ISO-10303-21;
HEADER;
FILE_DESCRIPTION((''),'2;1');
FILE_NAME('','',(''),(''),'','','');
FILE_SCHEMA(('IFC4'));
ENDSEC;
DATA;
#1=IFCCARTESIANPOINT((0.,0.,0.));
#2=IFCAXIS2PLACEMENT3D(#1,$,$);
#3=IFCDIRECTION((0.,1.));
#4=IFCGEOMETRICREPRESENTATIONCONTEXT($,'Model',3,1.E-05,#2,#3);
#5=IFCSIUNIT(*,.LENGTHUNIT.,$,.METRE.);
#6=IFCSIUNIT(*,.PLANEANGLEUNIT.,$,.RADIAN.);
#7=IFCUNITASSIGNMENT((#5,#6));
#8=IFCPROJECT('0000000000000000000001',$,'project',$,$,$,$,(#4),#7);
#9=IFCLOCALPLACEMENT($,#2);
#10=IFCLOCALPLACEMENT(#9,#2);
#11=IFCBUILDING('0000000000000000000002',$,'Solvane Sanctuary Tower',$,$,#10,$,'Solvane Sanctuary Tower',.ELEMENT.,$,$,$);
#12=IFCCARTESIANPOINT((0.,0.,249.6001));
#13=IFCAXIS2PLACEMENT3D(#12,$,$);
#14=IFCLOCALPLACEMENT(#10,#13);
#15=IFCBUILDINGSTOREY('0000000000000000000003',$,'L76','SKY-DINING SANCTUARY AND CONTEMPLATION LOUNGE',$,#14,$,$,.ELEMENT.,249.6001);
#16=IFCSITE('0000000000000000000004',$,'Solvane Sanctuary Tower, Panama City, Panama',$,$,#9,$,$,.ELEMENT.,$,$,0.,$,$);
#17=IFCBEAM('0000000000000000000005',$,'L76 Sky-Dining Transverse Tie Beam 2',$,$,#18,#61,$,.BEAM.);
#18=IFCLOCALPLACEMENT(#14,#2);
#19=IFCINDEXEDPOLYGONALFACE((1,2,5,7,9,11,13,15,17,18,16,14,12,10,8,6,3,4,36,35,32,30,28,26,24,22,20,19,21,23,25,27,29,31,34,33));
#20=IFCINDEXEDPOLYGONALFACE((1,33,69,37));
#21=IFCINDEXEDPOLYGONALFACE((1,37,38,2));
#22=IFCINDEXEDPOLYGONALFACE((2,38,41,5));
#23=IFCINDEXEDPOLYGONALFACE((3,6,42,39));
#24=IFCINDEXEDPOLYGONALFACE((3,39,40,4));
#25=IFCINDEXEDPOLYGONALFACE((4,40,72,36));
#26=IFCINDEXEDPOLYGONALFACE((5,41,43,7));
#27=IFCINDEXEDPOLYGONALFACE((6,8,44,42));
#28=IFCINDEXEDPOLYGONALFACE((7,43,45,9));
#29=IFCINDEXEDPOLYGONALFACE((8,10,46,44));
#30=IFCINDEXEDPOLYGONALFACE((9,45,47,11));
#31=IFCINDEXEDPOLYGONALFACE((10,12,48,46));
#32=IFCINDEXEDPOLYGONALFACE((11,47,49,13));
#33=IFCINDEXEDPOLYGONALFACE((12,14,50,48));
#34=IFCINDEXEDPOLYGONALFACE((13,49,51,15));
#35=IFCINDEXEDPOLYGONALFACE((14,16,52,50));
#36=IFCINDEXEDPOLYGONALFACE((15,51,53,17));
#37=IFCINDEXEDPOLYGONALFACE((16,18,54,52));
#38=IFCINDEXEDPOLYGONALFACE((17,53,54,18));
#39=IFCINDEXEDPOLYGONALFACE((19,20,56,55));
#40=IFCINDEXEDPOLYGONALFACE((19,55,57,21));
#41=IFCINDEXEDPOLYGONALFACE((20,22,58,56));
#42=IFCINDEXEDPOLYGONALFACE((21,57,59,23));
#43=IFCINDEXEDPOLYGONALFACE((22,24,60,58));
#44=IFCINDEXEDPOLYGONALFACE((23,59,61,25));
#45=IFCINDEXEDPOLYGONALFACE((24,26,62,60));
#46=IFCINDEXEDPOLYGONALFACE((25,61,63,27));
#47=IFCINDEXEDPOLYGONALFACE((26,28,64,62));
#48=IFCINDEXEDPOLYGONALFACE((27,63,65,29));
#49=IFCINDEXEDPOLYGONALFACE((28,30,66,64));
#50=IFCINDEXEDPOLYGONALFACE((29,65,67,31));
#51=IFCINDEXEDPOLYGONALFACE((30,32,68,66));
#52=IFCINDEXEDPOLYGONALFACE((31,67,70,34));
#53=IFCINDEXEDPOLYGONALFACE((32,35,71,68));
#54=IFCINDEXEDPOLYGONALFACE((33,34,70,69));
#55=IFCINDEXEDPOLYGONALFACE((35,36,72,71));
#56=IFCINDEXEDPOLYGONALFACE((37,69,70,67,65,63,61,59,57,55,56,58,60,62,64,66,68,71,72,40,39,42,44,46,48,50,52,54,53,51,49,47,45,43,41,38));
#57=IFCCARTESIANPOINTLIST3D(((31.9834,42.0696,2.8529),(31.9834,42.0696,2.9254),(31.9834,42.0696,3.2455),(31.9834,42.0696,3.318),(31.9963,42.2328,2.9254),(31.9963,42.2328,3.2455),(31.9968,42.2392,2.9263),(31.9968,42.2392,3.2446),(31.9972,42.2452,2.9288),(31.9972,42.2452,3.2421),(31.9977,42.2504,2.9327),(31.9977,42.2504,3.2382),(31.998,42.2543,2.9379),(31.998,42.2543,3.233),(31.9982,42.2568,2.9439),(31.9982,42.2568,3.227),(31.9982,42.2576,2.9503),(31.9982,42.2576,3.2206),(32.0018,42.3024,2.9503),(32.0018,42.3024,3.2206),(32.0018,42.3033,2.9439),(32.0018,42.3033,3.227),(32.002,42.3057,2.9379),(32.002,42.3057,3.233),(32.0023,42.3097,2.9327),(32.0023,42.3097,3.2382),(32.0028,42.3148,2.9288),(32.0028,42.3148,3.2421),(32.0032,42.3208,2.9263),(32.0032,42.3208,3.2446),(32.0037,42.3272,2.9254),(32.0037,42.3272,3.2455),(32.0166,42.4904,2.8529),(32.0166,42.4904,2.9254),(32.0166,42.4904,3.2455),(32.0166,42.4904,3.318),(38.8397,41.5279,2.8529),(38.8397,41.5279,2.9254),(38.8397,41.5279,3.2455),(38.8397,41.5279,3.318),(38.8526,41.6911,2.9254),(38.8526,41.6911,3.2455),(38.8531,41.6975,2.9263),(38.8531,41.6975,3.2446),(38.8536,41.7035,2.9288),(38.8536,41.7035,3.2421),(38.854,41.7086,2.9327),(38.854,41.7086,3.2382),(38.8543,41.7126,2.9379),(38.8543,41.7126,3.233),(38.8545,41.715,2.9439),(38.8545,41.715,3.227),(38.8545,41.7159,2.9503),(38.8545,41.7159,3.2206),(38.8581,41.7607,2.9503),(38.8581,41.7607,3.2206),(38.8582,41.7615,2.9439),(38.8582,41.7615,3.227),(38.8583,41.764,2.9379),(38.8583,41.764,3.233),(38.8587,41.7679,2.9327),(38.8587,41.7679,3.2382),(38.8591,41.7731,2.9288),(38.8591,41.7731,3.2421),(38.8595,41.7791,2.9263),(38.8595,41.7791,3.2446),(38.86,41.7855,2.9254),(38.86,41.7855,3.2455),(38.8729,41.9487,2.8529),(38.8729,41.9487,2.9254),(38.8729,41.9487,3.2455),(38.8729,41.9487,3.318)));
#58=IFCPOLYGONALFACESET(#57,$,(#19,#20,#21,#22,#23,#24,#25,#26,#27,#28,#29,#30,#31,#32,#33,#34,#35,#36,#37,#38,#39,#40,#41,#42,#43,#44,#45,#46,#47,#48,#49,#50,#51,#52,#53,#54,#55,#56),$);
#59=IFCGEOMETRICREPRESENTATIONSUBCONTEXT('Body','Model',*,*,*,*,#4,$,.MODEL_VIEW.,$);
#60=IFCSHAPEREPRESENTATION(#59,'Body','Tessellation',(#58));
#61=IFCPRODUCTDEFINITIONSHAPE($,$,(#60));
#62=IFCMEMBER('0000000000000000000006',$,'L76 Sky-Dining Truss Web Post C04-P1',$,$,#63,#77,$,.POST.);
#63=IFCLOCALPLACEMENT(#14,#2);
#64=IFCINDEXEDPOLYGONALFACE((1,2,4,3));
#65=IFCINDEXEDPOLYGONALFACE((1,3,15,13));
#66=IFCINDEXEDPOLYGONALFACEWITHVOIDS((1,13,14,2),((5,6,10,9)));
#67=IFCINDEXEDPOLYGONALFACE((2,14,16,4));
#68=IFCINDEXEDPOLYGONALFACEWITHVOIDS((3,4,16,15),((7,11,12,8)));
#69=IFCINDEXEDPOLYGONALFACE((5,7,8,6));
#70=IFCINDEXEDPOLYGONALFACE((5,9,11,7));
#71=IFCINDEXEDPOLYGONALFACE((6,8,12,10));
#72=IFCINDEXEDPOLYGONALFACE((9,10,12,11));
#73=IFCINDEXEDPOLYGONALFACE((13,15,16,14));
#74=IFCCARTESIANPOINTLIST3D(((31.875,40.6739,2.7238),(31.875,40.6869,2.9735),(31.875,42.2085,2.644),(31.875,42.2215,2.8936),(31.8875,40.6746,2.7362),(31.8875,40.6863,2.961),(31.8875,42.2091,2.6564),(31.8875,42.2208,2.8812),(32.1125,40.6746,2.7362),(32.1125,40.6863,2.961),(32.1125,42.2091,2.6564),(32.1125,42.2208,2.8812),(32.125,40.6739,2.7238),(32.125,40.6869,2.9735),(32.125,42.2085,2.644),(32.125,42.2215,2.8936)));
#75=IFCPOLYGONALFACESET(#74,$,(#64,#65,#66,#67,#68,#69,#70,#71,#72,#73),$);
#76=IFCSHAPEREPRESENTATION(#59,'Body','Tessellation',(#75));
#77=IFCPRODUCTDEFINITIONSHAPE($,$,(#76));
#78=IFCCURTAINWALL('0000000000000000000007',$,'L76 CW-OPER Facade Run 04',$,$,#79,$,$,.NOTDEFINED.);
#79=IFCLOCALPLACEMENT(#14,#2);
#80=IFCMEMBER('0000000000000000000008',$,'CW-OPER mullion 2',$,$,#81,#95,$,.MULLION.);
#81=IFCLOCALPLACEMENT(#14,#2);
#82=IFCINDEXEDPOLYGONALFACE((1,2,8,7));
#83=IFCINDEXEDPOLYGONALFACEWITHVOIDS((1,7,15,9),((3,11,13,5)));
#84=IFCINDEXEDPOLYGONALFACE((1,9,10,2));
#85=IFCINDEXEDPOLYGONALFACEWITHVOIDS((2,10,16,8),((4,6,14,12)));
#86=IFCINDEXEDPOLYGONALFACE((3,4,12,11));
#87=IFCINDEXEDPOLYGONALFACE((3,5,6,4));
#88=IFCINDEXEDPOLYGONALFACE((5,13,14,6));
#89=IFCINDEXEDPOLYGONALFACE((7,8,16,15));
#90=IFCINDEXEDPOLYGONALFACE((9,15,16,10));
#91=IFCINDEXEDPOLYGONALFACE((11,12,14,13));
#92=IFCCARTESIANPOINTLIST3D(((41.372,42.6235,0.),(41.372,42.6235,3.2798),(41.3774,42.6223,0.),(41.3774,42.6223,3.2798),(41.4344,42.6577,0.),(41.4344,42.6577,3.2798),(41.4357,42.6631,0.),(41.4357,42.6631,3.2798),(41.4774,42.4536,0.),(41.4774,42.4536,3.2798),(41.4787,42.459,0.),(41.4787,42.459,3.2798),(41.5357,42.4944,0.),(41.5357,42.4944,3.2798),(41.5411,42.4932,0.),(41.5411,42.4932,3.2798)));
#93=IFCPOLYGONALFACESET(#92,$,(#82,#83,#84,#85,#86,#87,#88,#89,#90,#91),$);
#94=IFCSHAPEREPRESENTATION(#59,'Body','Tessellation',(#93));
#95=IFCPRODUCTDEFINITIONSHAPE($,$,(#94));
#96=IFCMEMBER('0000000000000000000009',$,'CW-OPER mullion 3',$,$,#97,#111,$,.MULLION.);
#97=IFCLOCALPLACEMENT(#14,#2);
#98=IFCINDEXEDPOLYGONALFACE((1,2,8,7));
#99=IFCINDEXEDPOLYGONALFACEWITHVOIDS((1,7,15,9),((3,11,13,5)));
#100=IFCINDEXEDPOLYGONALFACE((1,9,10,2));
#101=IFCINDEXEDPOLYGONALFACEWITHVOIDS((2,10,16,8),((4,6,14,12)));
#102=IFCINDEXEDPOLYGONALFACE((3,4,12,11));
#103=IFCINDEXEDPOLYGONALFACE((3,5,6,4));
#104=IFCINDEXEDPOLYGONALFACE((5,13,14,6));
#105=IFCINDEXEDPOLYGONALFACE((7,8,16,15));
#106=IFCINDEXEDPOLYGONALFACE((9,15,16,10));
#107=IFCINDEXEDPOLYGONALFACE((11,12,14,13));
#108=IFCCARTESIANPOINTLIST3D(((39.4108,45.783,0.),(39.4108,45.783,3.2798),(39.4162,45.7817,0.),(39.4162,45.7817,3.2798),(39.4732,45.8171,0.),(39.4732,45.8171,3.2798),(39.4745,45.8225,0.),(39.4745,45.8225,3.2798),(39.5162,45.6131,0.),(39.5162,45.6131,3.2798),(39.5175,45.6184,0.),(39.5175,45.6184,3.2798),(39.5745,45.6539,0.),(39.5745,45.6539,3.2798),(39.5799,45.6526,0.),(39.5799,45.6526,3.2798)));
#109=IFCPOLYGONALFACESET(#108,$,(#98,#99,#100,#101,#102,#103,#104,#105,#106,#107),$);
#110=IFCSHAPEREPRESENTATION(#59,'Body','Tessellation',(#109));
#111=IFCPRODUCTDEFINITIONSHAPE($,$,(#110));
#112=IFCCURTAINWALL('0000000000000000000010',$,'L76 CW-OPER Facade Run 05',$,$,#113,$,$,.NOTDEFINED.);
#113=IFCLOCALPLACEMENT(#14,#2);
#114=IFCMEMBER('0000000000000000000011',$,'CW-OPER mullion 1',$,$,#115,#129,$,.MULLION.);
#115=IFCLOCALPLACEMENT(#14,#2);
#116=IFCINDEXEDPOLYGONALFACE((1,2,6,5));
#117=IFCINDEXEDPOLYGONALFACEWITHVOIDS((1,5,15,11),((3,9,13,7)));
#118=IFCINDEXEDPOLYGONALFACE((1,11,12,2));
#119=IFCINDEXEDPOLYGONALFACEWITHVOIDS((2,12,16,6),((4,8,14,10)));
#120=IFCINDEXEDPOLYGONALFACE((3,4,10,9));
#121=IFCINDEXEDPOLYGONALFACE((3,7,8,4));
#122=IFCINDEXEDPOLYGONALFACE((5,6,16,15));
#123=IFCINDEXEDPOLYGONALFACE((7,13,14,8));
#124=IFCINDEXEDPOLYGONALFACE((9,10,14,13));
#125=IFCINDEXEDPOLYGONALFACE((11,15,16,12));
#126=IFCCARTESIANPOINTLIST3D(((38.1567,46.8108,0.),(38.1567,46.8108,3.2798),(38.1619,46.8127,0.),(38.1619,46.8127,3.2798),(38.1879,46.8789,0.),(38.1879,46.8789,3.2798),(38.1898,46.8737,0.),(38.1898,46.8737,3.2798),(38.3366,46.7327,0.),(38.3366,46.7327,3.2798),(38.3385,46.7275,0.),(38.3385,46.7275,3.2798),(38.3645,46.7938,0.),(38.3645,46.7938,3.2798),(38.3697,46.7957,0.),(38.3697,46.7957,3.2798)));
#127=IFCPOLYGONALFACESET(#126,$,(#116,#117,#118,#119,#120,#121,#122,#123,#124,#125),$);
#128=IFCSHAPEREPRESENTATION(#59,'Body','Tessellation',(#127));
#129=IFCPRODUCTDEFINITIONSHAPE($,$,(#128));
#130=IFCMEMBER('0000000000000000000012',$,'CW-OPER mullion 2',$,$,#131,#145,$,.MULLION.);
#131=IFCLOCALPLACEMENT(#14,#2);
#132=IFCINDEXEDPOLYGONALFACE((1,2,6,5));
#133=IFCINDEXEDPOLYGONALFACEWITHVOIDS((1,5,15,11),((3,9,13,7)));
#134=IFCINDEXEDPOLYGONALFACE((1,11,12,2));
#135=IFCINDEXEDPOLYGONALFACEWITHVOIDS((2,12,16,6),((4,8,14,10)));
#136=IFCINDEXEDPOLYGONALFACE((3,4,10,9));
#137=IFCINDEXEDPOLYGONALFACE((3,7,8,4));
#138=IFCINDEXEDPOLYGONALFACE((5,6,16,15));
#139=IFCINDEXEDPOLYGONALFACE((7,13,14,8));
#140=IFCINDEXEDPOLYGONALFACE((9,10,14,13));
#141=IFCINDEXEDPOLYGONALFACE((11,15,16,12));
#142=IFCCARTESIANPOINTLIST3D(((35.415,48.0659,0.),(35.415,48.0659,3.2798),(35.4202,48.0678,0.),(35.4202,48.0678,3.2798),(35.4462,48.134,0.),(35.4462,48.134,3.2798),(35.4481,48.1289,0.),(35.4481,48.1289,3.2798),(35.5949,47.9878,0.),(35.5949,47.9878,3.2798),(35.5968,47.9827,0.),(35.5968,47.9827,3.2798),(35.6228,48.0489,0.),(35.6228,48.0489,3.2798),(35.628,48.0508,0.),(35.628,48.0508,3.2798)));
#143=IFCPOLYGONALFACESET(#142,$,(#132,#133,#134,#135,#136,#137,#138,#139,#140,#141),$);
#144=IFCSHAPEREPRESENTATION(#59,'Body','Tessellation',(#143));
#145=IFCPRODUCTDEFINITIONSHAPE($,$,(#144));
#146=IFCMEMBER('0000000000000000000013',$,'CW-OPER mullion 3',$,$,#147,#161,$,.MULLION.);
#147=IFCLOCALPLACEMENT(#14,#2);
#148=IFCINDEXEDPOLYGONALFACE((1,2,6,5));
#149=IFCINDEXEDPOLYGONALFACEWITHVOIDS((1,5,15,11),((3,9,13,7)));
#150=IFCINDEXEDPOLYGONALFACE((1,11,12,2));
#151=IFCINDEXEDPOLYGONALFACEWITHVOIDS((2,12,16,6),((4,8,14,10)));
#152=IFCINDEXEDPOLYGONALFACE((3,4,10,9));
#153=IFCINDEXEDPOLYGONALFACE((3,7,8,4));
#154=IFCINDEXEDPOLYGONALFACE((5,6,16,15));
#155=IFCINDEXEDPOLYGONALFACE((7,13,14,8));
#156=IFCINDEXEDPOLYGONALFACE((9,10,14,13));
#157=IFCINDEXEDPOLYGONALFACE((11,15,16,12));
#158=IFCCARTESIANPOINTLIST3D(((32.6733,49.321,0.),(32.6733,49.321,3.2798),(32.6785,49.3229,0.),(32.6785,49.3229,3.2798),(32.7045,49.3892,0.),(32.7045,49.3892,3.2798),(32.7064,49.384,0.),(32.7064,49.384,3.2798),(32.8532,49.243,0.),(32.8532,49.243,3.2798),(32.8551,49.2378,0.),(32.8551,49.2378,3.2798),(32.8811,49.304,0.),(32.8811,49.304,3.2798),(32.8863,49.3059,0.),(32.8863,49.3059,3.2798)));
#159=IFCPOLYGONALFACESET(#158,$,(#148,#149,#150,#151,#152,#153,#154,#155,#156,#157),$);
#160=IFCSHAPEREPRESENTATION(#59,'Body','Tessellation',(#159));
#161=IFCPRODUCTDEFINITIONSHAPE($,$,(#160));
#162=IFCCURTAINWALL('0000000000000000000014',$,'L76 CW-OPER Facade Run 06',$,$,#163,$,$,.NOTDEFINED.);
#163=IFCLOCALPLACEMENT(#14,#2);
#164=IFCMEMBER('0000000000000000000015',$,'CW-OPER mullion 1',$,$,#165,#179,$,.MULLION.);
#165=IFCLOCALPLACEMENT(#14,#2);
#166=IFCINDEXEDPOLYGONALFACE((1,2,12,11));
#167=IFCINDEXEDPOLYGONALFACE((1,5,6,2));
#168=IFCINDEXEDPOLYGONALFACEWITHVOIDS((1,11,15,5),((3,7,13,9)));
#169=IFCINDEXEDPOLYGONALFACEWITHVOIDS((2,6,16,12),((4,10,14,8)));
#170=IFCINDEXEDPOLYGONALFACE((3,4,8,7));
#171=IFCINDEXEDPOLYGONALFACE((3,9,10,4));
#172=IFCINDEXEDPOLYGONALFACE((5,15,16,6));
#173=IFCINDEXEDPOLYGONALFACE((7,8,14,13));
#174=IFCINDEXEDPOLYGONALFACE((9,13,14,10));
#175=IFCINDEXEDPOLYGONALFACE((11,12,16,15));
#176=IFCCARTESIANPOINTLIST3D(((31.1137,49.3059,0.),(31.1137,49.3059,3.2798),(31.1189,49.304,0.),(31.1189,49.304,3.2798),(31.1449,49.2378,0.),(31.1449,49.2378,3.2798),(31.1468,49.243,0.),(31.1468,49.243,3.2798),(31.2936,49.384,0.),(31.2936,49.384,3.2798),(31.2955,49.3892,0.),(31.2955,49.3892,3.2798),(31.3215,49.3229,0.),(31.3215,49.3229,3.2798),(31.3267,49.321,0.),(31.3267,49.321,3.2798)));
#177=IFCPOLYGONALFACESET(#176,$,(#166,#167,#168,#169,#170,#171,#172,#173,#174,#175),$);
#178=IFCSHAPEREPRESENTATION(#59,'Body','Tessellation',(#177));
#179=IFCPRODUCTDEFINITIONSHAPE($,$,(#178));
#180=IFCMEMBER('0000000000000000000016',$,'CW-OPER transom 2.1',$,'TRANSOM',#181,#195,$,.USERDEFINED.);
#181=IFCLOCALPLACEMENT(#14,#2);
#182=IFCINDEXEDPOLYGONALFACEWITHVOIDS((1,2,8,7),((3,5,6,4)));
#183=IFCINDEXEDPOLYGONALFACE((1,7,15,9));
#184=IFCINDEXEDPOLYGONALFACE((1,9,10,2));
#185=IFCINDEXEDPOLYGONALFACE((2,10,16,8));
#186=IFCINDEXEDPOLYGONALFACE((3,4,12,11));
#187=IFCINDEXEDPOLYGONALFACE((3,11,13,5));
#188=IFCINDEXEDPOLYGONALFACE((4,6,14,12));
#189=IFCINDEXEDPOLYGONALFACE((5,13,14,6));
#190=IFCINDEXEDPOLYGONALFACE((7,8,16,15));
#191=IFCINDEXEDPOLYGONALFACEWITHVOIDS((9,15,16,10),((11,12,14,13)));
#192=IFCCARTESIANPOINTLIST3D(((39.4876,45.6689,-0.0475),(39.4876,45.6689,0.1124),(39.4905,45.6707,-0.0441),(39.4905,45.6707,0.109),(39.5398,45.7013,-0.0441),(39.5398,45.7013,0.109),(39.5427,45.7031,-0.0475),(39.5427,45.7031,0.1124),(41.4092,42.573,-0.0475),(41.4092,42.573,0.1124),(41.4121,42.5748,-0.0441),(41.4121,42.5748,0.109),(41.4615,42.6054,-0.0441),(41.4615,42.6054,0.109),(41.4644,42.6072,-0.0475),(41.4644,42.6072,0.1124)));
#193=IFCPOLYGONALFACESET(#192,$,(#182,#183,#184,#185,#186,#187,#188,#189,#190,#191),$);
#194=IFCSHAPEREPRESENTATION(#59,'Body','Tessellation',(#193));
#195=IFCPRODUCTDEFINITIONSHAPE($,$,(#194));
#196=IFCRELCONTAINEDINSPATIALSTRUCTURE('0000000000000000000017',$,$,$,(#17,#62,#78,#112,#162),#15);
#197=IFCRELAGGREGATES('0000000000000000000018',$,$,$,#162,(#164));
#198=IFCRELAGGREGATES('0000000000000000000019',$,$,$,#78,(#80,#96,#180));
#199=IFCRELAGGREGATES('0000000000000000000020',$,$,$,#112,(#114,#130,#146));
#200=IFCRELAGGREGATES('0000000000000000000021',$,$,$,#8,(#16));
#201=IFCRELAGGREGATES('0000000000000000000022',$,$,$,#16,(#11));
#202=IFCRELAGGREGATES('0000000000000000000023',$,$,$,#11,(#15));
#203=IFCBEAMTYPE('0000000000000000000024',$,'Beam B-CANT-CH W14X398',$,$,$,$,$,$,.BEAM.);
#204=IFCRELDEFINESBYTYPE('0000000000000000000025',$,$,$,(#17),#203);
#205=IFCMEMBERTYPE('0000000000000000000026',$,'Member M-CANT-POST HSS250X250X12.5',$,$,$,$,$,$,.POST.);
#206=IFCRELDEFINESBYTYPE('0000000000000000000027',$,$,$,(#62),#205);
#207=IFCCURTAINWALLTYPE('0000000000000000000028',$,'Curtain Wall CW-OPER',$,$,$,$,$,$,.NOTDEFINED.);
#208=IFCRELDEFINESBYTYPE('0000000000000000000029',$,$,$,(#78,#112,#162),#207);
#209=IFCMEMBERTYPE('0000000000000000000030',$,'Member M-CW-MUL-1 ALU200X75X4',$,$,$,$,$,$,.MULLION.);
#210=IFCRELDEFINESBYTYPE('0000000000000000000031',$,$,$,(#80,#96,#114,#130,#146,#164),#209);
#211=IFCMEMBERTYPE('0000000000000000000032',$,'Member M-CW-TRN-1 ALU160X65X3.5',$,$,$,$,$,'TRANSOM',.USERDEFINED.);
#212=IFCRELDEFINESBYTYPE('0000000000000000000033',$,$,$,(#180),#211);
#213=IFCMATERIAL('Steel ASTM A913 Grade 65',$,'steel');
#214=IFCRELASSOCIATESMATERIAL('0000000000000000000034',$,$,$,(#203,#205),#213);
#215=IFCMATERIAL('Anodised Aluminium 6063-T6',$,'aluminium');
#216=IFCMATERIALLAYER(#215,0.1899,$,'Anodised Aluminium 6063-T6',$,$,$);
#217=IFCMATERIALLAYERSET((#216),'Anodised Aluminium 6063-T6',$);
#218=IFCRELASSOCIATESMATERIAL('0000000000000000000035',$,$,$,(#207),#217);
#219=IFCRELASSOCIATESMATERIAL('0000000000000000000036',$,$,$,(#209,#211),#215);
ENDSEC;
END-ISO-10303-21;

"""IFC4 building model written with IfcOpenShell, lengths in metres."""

from ifc_helpers import new_model, si_unit, direction, frame, origin, origin_2d, place, context, subcontext, project, spatial, hollow_rectangle, i_section, extrude, material, layer, layer_set, material_profile, profile_set, type_object, element, aggregate, save


model = new_model("IFC4")

# Units and contexts
model_context = context("Model", 3, precision=1e-05, world=origin(), true_north=direction((0.0, 1.0)))
body_context = subcontext(model_context, "Body", "Model", "MODEL_VIEW")
ifc_project = project(units=[si_unit("LENGTHUNIT", "METRE"), si_unit("PLANEANGLEUNIT", "RADIAN")], contexts=[model_context])

# Site, building, storey
site_placement = place(None, origin())
site = spatial("IfcSite", under=ifc_project, at=site_placement, Name="Solvane Sanctuary Tower, Panama City, Panama", CompositionType="ELEMENT", RefElevation=0.0)
building_placement = place(site_placement, origin())
building = spatial("IfcBuilding", under=site, at=building_placement, Name="Solvane Sanctuary Tower", LongName="Solvane Sanctuary Tower", CompositionType="ELEMENT")
storey_placement = place(building_placement, frame((0.0, 0.0, 249.6001)))
storey = spatial("IfcBuildingStorey", under=building, at=storey_placement, Name="L76", Description="SKY-DINING SANCTUARY AND CONTEMPLATION LOUNGE", CompositionType="ELEMENT", Elevation=249.6001)

# Beam
ifc_material_1 = material(Name="Steel ASTM A913 Grade 65", Category="steel")
ifc_material_profile_1 = material_profile(ifc_material_1, i_section(OverallWidth=0.4221, OverallDepth=0.4651, WebThickness=0.0449, FlangeThickness=0.0725, FilletRadius=0.0249, at=origin_2d()), Name="W14X398")
ifc_profile_set_1 = profile_set([ifc_material_profile_1], Name="Steel ASTM A913 Grade 65")
beam_type = type_object("IfcBeamType", Name="Beam B-CANT-CH W14X398", PredefinedType="BEAM", material=ifc_profile_set_1)
beam_placement = place(storey_placement, frame((32.0, 42.28, 3.0854), z_axis=(0.996893, -0.07877, 0.0), x_axis=(0.07877, 0.996893, 0.0)))
element("IfcBeam", 1, at=beam_placement, inside=storey, type_object=beam_type, Name="L76 Sky-Dining Transverse Tie Beam 2", PredefinedType="BEAM", context=body_context, shape_type="SweptSolid", body=[
    extrude(i_section(OverallWidth=0.4221, OverallDepth=0.4651, WebThickness=0.0449, FlangeThickness=0.0725, FilletRadius=0.0249, at=origin_2d()), origin(), (0.0, 0.0, 1.0), 6.8777),
])

# Member
ifc_material_profile_2 = material_profile(ifc_material_1, hollow_rectangle(XDim=0.25, YDim=0.25, WallThickness=0.0125, at=origin_2d()), Name="HSS250X250X12.5")
ifc_profile_set_2 = profile_set([ifc_material_profile_2], Name="Steel ASTM A913 Grade 65")
member_type_1 = type_object("IfcMemberType", Name="Member M-CANT-POST HSS250X250X12.5", PredefinedType="POST", material=ifc_profile_set_2)
member_1_placement = place(storey_placement, frame((32.0, 40.6804, 2.8486), z_axis=(0.0, 0.99865, -0.05195), x_axis=(-1.0, 0.0, 0.0)))
element("IfcMember", 2, at=member_1_placement, inside=storey, type_object=member_type_1, Name="L76 Sky-Dining Truss Web Post C04-P1", PredefinedType="POST", context=body_context, shape_type="SweptSolid", body=[
    extrude(hollow_rectangle(XDim=0.25, YDim=0.25, WallThickness=0.0125, at=origin_2d()), origin(), (0.0, 0.0, 1.0), 1.5366),
])

# Curtain walls, members
ifc_material_2 = material(Name="Anodised Aluminium 6063-T6", Category="aluminium")
ifc_layer_1 = layer(ifc_material_2, 0.1899, Name="Anodised Aluminium 6063-T6")
ifc_layer_set_1 = layer_set([ifc_layer_1], Name="Anodised Aluminium 6063-T6")
curtain_wall_type = type_object("IfcCurtainWallType", Name="Curtain Wall CW-OPER", PredefinedType="NOTDEFINED", material=ifc_layer_set_1)
curtain_wall_1_placement = place(storey_placement, origin())
curtain_wall_1 = element("IfcCurtainWall", 3, at=curtain_wall_1_placement, inside=storey, type_object=curtain_wall_type, Name="L76 CW-OPER Facade Run 04", PredefinedType="NOTDEFINED")
ifc_material_profile_3 = material_profile(ifc_material_2, hollow_rectangle(XDim=0.075, YDim=0.2, WallThickness=0.0039, at=origin_2d()), Name="ALU200X75X4")
ifc_profile_set_3 = profile_set([ifc_material_profile_3], Name="Anodised Aluminium 6063-T6")
member_type_2 = type_object("IfcMemberType", Name="Member M-CW-MUL-1 ALU200X75X4", PredefinedType="MULLION", material=ifc_profile_set_3)
member_2_placement = place(storey_placement, frame((41.4565, 42.5583, 0.0), z_axis=(0.0, 0.0, 1.0), x_axis=(-0.849622, -0.527392, 0.0)))
member_2 = element("IfcMember", 4, at=member_2_placement, type_object=member_type_2, Name="CW-OPER mullion 2", PredefinedType="MULLION", context=body_context, shape_type="SweptSolid", body=[
    extrude(hollow_rectangle(XDim=0.075, YDim=0.2, WallThickness=0.0039, at=origin_2d()), origin(), (0.0, 0.0, 1.0), 3.2798),
])
member_3_placement = place(storey_placement, frame((39.4954, 45.7178, 0.0), z_axis=(0.0, 0.0, 1.0), x_axis=(-0.849622, -0.527392, 0.0)))
member_3 = element("IfcMember", 5, at=member_3_placement, type_object=member_type_2, Name="CW-OPER mullion 3", PredefinedType="MULLION", context=body_context, shape_type="SweptSolid", body=[
    extrude(hollow_rectangle(XDim=0.075, YDim=0.2, WallThickness=0.0039, at=origin_2d()), origin(), (0.0, 0.0, 1.0), 3.2798),
])
curtain_wall_2_placement = place(storey_placement, origin())
curtain_wall_2 = element("IfcCurtainWall", 6, at=curtain_wall_2_placement, inside=storey, type_object=curtain_wall_type, Name="L76 CW-OPER Facade Run 05", PredefinedType="NOTDEFINED")
member_4_placement = place(storey_placement, frame((38.2632, 46.8032, 0.0), z_axis=(0.0, 0.0, 1.0), x_axis=(-0.416225, -0.909262, 0.0)))
member_4 = element("IfcMember", 7, at=member_4_placement, type_object=member_type_2, Name="CW-OPER mullion 1", PredefinedType="MULLION", context=body_context, shape_type="SweptSolid", body=[
    extrude(hollow_rectangle(XDim=0.075, YDim=0.2, WallThickness=0.0039, at=origin_2d()), origin(), (0.0, 0.0, 1.0), 3.2798),
])
member_5_placement = place(storey_placement, frame((35.5215, 48.0583, 0.0), z_axis=(0.0, 0.0, 1.0), x_axis=(-0.416225, -0.909262, 0.0)))
member_5 = element("IfcMember", 8, at=member_5_placement, type_object=member_type_2, Name="CW-OPER mullion 2", PredefinedType="MULLION", context=body_context, shape_type="SweptSolid", body=[
    extrude(hollow_rectangle(XDim=0.075, YDim=0.2, WallThickness=0.0039, at=origin_2d()), origin(), (0.0, 0.0, 1.0), 3.2798),
])
member_6_placement = place(storey_placement, frame((32.7798, 49.3135, 0.0), z_axis=(0.0, 0.0, 1.0), x_axis=(-0.416225, -0.909262, 0.0)))
member_6 = element("IfcMember", 9, at=member_6_placement, type_object=member_type_2, Name="CW-OPER mullion 3", PredefinedType="MULLION", context=body_context, shape_type="SweptSolid", body=[
    extrude(hollow_rectangle(XDim=0.075, YDim=0.2, WallThickness=0.0039, at=origin_2d()), origin(), (0.0, 0.0, 1.0), 3.2798),
])

# Curtain wall, member
curtain_wall_3_placement = place(storey_placement, origin())
curtain_wall_3 = element("IfcCurtainWall", 10, at=curtain_wall_3_placement, inside=storey, type_object=curtain_wall_type, Name="L76 CW-OPER Facade Run 06", PredefinedType="NOTDEFINED")
member_7_placement = place(storey_placement, frame((31.2202, 49.3135, 0.0), z_axis=(0.0, 0.0, 1.0), x_axis=(0.416225, -0.909262, 0.0)))
member_7 = element("IfcMember", 11, at=member_7_placement, type_object=member_type_2, Name="CW-OPER mullion 1", PredefinedType="MULLION", context=body_context, shape_type="SweptSolid", body=[
    extrude(hollow_rectangle(XDim=0.075, YDim=0.2, WallThickness=0.0039, at=origin_2d()), origin(), (0.0, 0.0, 1.0), 3.2798),
])

# Member
ifc_material_profile_4 = material_profile(ifc_material_2, hollow_rectangle(XDim=0.0649, YDim=0.1599, WallThickness=0.0034, at=origin_2d()), Name="ALU160X65X3.5")
ifc_profile_set_4 = profile_set([ifc_material_profile_4], Name="Anodised Aluminium 6063-T6")
member_type_3 = type_object("IfcMemberType", Name="Member M-CW-TRN-1 ALU160X65X3.5", ElementType="TRANSOM", PredefinedType="USERDEFINED", material=ifc_profile_set_4)
member_8_placement = place(storey_placement, frame((41.4368, 42.5901, 0.0325), z_axis=(-0.527365, 0.849639, 0.0), x_axis=(-0.849639, -0.527365, 0.0)))
member_8 = element("IfcMember", 12, at=member_8_placement, type_object=member_type_3, Name="CW-OPER transom 2.1", ObjectType="TRANSOM", PredefinedType="USERDEFINED", context=body_context, shape_type="SweptSolid", body=[
    extrude(hollow_rectangle(XDim=0.0649, YDim=0.1599, WallThickness=0.0034, at=origin_2d()), origin(), (0.0, 0.0, 1.0), 3.6438),
])
aggregate(curtain_wall_3, [member_7])

aggregate(curtain_wall_1, [member_2, member_3, member_8])
aggregate(curtain_wall_2, [member_4, member_5, member_6])

save(model, "model.ifc")
